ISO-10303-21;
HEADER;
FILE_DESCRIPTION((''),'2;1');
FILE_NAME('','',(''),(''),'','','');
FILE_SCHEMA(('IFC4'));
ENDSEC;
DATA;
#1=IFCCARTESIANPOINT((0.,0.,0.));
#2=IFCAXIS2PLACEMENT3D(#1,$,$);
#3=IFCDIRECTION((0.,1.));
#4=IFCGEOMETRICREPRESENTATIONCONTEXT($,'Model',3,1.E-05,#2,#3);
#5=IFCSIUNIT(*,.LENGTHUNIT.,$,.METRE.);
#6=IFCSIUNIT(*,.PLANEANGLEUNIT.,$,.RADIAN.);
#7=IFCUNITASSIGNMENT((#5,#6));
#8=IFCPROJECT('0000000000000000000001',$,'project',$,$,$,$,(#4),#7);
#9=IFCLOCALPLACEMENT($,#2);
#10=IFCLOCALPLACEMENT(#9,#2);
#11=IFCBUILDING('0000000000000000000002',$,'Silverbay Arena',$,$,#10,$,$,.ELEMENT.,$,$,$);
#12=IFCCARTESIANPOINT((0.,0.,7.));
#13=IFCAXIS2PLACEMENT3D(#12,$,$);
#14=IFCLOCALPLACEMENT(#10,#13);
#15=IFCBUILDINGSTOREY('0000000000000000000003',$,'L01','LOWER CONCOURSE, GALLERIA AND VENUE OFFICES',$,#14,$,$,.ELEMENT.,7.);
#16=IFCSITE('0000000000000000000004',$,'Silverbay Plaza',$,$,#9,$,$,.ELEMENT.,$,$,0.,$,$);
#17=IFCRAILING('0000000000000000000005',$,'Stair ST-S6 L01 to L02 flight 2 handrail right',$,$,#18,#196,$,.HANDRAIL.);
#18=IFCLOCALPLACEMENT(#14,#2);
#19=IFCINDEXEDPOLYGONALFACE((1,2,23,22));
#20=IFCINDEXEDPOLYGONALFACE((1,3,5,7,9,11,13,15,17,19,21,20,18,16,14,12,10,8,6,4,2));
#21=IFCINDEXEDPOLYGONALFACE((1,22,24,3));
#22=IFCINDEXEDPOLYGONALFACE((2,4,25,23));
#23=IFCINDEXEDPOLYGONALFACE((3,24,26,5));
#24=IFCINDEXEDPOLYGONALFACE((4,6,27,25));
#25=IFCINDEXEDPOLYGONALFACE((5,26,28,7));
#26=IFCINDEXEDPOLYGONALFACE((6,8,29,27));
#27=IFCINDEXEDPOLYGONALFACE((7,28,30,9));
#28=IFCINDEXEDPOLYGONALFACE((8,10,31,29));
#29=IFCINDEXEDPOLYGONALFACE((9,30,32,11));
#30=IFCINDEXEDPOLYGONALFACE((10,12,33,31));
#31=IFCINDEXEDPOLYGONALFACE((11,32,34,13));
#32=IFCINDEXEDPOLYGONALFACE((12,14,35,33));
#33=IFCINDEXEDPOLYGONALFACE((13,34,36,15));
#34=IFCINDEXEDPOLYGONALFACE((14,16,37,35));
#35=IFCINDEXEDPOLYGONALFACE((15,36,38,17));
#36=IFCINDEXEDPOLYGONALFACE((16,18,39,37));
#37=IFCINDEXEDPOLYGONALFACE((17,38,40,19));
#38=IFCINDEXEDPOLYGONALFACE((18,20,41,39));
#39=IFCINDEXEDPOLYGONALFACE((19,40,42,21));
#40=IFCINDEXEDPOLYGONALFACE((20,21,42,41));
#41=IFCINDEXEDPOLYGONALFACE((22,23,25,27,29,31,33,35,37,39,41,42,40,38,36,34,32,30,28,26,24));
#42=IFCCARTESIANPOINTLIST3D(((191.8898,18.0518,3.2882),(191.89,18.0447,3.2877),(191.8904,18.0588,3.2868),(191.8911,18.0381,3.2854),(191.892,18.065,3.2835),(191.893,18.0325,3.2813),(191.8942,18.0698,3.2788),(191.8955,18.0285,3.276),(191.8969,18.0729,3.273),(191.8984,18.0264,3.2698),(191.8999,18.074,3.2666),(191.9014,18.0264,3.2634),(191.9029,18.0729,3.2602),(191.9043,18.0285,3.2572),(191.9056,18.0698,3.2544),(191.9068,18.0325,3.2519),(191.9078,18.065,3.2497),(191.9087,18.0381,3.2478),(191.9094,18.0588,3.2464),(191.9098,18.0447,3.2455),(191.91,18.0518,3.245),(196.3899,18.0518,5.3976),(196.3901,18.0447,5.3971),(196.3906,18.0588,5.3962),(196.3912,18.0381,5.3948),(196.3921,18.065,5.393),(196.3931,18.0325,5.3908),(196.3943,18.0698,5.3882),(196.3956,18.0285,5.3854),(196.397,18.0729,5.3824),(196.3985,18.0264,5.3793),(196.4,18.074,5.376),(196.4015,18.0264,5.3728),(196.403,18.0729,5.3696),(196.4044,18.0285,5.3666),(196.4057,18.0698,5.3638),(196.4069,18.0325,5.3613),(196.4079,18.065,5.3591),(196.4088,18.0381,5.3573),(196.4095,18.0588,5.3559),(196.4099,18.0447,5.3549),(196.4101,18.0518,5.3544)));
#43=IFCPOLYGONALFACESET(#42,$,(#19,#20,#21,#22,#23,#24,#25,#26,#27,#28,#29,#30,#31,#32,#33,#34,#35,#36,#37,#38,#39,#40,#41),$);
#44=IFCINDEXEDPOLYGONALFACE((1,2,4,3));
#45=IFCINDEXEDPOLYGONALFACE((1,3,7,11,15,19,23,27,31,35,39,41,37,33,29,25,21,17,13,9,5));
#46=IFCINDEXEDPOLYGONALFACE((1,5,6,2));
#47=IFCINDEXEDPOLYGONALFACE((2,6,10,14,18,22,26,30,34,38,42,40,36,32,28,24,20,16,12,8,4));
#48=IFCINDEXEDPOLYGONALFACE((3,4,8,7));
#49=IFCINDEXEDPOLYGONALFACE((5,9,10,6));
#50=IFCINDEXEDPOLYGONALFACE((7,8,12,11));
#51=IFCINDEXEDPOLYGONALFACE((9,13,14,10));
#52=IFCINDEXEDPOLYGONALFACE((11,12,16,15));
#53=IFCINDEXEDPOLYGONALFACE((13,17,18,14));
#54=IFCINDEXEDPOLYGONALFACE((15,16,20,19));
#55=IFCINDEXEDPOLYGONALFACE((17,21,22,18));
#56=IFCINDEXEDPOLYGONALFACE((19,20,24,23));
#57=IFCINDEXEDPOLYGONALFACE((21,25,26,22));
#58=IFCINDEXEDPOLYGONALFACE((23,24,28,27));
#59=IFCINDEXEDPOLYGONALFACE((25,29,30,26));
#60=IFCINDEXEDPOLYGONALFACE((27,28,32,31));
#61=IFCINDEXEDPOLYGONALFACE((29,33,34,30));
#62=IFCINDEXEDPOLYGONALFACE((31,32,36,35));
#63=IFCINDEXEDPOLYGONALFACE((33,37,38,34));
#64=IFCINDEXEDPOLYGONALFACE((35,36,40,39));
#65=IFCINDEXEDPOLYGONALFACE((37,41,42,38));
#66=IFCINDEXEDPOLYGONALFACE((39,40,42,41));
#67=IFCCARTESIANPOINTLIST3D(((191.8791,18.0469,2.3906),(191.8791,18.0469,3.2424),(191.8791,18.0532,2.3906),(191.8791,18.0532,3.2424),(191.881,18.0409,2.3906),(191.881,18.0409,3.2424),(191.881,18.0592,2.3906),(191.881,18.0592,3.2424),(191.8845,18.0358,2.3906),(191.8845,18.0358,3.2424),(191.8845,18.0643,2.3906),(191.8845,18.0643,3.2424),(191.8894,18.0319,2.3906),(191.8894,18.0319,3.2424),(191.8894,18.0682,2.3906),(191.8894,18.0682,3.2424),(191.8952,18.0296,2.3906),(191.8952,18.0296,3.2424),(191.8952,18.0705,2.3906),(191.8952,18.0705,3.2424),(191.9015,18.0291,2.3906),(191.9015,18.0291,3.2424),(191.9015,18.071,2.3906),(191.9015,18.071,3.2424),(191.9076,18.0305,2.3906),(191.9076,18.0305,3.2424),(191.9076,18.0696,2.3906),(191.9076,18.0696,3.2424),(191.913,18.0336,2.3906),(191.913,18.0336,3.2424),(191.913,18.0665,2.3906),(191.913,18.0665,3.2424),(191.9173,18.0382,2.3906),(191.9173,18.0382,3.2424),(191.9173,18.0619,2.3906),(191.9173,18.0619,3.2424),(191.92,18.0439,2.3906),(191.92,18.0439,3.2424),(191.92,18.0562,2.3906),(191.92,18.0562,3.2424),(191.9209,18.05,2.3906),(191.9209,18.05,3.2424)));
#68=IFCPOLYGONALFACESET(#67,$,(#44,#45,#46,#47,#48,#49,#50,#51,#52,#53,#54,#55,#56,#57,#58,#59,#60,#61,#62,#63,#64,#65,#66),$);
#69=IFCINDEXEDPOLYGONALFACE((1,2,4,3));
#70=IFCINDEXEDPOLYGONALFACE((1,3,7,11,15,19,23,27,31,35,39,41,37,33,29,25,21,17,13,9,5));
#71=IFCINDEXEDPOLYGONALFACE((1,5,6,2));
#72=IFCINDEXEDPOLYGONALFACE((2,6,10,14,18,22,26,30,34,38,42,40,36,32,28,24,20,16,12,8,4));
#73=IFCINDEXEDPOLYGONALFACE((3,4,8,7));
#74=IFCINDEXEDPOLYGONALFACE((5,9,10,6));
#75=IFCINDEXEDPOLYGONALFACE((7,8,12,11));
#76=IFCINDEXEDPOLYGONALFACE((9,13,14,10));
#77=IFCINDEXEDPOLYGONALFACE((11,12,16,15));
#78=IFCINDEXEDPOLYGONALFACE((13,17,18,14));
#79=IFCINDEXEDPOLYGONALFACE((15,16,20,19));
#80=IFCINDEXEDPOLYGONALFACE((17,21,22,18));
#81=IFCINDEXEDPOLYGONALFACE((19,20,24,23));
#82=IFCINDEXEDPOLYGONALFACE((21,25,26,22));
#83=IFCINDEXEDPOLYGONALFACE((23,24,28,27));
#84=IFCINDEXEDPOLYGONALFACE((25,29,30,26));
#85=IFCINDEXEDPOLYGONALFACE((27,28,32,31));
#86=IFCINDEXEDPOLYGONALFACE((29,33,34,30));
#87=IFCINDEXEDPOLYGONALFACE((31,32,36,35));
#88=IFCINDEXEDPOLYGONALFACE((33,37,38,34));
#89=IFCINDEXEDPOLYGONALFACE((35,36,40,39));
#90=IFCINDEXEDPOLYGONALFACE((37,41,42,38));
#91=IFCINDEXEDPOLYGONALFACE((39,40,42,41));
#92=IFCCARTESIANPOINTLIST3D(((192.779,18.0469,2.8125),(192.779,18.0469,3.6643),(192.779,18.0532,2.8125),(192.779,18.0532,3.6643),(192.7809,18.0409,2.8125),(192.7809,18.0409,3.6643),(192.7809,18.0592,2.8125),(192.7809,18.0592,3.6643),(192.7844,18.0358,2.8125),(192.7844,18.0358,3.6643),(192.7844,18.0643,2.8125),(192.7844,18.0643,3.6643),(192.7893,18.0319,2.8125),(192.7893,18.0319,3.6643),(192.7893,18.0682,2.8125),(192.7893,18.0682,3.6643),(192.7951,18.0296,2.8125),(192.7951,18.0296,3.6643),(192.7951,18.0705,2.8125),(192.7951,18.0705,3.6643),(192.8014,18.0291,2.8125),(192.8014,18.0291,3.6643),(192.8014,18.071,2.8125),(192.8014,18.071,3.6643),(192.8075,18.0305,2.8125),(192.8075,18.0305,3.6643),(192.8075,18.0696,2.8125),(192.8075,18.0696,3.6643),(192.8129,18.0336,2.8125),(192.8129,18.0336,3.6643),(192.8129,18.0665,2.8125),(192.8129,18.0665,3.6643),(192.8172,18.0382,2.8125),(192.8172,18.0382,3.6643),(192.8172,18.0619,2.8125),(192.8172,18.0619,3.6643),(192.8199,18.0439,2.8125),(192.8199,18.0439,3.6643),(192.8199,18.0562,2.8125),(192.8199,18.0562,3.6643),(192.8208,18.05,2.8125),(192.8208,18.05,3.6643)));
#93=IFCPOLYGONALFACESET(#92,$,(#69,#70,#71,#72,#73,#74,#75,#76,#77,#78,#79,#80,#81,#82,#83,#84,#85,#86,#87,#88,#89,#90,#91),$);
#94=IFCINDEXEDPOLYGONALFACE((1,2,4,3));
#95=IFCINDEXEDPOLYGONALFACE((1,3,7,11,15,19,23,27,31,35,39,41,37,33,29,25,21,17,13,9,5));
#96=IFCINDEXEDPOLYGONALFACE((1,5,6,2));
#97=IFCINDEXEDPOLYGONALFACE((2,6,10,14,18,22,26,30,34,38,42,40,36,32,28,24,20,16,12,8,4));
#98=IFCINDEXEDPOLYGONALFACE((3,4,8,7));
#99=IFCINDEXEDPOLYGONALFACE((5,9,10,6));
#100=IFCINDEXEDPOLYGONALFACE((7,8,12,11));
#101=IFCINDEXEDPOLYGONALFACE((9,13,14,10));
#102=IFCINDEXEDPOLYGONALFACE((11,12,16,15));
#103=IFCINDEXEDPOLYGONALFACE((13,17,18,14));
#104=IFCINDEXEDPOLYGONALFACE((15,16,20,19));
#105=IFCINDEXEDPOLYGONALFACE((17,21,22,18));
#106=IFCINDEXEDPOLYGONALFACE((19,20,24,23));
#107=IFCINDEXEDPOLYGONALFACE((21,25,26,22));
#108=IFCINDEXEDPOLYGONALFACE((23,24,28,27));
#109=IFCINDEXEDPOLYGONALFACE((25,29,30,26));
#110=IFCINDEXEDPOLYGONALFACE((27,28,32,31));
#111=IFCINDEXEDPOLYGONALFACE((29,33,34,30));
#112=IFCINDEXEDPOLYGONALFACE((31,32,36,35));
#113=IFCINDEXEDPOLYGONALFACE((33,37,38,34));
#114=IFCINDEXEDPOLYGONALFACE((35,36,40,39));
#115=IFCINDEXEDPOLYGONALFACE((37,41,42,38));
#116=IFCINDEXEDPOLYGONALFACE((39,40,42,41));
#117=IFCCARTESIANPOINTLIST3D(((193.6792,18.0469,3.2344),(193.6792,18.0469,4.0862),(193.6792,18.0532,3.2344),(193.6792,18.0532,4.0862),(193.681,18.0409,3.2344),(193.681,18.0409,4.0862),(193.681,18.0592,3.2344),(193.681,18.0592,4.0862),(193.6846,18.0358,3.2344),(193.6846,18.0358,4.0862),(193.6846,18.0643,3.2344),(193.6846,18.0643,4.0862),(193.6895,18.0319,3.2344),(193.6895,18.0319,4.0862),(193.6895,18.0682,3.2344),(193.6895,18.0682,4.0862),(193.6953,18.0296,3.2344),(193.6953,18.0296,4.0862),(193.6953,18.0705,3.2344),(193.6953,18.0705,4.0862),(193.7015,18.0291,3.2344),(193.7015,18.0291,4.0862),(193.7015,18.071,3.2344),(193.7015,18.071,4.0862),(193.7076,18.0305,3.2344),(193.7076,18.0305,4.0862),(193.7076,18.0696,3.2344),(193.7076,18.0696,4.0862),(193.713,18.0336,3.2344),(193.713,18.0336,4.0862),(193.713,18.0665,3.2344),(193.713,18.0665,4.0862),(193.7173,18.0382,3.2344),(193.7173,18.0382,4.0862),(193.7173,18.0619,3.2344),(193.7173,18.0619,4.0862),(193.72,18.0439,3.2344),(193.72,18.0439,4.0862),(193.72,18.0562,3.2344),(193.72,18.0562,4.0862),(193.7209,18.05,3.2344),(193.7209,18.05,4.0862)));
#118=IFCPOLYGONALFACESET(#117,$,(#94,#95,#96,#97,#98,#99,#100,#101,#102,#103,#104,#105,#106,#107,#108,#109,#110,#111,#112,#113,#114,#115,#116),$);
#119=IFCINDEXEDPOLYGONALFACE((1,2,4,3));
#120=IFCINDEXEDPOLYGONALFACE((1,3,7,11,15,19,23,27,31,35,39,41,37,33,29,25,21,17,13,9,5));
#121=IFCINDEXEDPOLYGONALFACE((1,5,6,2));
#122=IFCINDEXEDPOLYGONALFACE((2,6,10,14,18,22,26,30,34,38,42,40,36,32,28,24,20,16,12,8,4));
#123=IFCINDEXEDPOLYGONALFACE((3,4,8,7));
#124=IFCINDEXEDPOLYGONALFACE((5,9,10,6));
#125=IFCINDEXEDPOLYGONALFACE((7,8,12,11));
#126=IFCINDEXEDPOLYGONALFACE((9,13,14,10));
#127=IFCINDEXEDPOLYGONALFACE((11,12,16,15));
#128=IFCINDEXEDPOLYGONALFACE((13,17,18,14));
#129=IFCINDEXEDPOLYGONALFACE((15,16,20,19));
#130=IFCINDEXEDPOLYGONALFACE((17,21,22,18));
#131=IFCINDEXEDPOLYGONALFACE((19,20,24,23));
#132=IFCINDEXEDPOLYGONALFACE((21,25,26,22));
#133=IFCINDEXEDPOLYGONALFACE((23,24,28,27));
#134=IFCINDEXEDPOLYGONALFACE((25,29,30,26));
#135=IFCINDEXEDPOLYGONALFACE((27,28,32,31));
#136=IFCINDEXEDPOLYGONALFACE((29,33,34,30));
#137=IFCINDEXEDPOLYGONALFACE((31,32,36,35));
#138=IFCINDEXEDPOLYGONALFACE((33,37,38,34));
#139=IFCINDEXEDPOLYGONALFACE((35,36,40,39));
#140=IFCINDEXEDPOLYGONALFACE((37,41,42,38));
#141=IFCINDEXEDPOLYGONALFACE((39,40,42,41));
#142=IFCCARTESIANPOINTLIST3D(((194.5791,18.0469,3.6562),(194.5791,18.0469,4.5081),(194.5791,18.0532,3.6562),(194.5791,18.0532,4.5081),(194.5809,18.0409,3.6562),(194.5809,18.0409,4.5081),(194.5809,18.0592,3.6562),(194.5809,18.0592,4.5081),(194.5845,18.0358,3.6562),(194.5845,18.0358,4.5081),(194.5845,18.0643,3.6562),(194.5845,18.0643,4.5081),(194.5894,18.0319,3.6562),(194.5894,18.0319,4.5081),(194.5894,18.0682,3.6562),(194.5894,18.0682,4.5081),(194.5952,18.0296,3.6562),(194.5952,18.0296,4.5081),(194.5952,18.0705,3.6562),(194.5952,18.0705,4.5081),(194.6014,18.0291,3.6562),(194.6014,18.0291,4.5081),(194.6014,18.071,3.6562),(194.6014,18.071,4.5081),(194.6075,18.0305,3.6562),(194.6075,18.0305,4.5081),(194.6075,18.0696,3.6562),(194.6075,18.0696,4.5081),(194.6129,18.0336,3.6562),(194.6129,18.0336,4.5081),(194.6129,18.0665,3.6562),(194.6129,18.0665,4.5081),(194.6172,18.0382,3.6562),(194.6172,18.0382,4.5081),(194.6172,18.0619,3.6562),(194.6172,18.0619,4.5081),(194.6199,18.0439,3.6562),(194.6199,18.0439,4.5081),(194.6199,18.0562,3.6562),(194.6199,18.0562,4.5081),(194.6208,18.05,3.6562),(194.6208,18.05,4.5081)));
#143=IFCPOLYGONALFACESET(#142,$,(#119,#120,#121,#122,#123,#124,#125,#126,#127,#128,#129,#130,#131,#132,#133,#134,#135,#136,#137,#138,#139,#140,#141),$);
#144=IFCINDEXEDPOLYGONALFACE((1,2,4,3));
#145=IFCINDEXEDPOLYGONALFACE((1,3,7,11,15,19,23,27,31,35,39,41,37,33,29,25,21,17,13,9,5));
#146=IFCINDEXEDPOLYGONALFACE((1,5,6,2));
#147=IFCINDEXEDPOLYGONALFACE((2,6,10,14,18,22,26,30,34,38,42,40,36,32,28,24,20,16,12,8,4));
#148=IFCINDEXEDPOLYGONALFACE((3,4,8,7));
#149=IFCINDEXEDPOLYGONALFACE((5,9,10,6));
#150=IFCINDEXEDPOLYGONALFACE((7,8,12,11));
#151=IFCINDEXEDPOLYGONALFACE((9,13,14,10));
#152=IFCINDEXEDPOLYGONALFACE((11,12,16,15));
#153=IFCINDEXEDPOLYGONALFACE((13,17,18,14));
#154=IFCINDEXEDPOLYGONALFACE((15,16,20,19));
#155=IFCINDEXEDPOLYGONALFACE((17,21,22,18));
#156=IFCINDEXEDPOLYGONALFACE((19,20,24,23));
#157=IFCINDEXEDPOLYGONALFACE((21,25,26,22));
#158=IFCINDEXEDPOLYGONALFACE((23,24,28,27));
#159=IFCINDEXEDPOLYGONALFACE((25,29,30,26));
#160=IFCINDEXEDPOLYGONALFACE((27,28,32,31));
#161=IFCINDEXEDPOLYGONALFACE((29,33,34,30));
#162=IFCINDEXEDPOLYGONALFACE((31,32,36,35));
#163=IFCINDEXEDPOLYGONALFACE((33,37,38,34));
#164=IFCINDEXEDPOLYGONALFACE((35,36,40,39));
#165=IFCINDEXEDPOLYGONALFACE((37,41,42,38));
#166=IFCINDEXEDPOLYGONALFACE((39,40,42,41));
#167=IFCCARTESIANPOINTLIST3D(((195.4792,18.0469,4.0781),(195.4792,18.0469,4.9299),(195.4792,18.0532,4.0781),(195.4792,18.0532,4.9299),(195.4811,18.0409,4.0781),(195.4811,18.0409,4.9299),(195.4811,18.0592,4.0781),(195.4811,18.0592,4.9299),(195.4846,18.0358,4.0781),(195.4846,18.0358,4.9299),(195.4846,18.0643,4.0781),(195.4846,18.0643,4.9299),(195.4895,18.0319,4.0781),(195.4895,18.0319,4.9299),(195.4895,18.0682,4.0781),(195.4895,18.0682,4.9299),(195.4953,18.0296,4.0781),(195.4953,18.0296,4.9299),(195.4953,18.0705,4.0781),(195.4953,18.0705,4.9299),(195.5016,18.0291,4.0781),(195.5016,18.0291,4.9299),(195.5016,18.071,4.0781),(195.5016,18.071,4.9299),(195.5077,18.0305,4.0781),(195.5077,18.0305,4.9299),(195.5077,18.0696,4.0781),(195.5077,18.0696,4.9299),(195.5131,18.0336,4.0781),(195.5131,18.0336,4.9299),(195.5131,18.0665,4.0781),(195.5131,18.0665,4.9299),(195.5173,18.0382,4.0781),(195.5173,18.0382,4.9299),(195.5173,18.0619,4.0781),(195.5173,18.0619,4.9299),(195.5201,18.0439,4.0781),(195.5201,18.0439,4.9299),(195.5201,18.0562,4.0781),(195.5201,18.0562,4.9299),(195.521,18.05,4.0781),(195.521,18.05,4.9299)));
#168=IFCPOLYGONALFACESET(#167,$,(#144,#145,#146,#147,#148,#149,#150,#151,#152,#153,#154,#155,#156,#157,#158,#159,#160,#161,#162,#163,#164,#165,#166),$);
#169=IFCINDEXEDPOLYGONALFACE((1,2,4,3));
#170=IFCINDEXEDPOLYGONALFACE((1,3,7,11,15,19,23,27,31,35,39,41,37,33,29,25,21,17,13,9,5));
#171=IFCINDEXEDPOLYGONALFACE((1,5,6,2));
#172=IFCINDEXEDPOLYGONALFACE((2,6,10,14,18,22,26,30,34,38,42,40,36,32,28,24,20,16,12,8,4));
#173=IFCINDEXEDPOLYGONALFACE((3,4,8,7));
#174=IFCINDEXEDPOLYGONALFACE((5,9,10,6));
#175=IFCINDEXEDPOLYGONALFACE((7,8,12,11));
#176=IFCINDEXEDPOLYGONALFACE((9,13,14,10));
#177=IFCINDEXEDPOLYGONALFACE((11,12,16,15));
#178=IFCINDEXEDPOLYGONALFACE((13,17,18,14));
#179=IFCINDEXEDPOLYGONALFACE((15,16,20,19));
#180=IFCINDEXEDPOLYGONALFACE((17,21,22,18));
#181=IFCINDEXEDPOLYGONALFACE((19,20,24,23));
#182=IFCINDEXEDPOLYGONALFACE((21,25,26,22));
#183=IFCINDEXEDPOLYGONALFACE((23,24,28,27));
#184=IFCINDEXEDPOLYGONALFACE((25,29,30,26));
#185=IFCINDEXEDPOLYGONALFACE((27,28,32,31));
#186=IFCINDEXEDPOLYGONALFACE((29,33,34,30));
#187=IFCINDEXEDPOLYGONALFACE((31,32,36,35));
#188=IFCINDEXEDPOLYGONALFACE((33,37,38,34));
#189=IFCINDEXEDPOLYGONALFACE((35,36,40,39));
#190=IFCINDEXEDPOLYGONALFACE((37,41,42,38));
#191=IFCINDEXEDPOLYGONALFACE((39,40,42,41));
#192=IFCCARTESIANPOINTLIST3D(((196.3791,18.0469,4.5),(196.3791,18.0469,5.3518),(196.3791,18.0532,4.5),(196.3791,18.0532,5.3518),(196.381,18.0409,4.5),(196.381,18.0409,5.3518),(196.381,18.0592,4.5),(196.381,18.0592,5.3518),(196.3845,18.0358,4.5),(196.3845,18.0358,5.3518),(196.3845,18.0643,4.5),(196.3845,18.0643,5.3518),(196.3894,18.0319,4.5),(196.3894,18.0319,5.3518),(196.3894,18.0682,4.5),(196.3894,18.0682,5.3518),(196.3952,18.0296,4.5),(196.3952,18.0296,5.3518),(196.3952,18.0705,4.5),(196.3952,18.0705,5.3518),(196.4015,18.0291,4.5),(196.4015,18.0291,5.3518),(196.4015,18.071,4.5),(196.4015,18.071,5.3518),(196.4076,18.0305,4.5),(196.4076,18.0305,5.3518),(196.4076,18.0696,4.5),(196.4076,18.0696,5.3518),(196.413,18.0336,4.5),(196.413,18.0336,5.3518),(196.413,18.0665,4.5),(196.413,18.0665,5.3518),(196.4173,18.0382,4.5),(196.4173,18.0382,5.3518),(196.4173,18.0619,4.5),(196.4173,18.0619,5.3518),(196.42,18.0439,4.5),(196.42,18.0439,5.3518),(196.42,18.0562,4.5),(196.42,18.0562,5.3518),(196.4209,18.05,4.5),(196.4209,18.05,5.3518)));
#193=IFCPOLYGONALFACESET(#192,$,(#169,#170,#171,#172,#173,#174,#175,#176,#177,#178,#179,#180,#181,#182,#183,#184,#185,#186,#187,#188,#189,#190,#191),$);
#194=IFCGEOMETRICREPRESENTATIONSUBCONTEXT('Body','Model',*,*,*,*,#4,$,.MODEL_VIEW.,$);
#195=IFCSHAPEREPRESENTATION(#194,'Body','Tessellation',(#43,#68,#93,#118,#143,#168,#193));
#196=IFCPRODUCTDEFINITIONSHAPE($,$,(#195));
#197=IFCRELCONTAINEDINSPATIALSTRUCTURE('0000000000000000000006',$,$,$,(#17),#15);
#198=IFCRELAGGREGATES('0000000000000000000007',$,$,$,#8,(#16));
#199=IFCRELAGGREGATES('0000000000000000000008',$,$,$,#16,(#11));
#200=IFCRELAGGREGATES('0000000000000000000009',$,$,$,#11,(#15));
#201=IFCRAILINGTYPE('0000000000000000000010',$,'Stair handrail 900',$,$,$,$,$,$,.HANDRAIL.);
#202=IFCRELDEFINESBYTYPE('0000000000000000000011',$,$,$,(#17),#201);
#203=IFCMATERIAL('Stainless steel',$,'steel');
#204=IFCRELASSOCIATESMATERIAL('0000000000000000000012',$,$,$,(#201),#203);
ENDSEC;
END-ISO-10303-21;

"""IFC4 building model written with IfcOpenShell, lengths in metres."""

from ifc_helpers import new_model, si_unit, direction, frame, origin, origin_2d, place, context, subcontext, project, spatial, circle, extrude, material, type_object, element, save


model = new_model("IFC4")

# Units and contexts
model_context = context("Model", 3, precision=1e-05, world=origin(), true_north=direction((0.0, 1.0)))
body_context = subcontext(model_context, "Body", "Model", "MODEL_VIEW")
ifc_project = project(units=[si_unit("LENGTHUNIT", "METRE"), si_unit("PLANEANGLEUNIT", "RADIAN")], contexts=[model_context])

# Site, building, storey
site_placement = place(None, origin())
site = spatial("IfcSite", under=ifc_project, at=site_placement, Name="Silverbay Plaza", CompositionType="ELEMENT", RefElevation=0.0)
building_placement = place(site_placement, origin())
building = spatial("IfcBuilding", under=site, at=building_placement, Name="Silverbay Arena", CompositionType="ELEMENT")
storey_placement = place(building_placement, frame((0.0, 0.0, 7.0)))
storey = spatial("IfcBuildingStorey", under=building, at=storey_placement, Name="L01", Description="LOWER CONCOURSE, GALLERIA AND VENUE OFFICES", CompositionType="ELEMENT", Elevation=7.0)

# Railing
ifc_material_1 = material(Name="Stainless steel", Category="steel")
railing_type_1 = type_object("IfcRailingType", Name="Stair handrail 900", PredefinedType="HANDRAIL", material=ifc_material_1)
for number, where, name in (
    (1, (191.8999, 18.05, 2.3906), "Stair ST-S6 L01 to L02 flight 2 handrail right"),
):
    element("IfcRailing", number, at=place(storey_placement, frame(where)), inside=storey, type_object=railing_type_1, Name=name, PredefinedType="HANDRAIL", context=body_context, shape_type="SweptSolid", body=[
        extrude(circle(Radius=0.0239, at=origin_2d()), frame((0.0, 0.0, 0.876), z_axis=(0.905459, 0.0, 0.424434), x_axis=(0.0, 1.0, 0.0)), (0.0, 0.0, 1.0), 4.97),
        extrude(circle(Radius=0.021, at=origin_2d()), origin(), (0.0, 0.0, 1.0), 0.8518),
        extrude(circle(Radius=0.021, at=origin_2d()), frame((0.8999, 0.0, 0.4219)), (0.0, 0.0, 1.0), 0.8518),
        extrude(circle(Radius=0.021, at=origin_2d()), frame((1.8, 0.0, 0.8438)), (0.0, 0.0, 1.0), 0.8518),
        extrude(circle(Radius=0.021, at=origin_2d()), frame((2.7, 0.0, 1.2656)), (0.0, 0.0, 1.0), 0.8518),
        extrude(circle(Radius=0.021, at=origin_2d()), frame((3.6001, 0.0, 1.6875)), (0.0, 0.0, 1.0), 0.8518),
        extrude(circle(Radius=0.021, at=origin_2d()), frame((4.5, 0.0, 2.1094)), (0.0, 0.0, 1.0), 0.8518),
    ])

save(model, "model.ifc")
